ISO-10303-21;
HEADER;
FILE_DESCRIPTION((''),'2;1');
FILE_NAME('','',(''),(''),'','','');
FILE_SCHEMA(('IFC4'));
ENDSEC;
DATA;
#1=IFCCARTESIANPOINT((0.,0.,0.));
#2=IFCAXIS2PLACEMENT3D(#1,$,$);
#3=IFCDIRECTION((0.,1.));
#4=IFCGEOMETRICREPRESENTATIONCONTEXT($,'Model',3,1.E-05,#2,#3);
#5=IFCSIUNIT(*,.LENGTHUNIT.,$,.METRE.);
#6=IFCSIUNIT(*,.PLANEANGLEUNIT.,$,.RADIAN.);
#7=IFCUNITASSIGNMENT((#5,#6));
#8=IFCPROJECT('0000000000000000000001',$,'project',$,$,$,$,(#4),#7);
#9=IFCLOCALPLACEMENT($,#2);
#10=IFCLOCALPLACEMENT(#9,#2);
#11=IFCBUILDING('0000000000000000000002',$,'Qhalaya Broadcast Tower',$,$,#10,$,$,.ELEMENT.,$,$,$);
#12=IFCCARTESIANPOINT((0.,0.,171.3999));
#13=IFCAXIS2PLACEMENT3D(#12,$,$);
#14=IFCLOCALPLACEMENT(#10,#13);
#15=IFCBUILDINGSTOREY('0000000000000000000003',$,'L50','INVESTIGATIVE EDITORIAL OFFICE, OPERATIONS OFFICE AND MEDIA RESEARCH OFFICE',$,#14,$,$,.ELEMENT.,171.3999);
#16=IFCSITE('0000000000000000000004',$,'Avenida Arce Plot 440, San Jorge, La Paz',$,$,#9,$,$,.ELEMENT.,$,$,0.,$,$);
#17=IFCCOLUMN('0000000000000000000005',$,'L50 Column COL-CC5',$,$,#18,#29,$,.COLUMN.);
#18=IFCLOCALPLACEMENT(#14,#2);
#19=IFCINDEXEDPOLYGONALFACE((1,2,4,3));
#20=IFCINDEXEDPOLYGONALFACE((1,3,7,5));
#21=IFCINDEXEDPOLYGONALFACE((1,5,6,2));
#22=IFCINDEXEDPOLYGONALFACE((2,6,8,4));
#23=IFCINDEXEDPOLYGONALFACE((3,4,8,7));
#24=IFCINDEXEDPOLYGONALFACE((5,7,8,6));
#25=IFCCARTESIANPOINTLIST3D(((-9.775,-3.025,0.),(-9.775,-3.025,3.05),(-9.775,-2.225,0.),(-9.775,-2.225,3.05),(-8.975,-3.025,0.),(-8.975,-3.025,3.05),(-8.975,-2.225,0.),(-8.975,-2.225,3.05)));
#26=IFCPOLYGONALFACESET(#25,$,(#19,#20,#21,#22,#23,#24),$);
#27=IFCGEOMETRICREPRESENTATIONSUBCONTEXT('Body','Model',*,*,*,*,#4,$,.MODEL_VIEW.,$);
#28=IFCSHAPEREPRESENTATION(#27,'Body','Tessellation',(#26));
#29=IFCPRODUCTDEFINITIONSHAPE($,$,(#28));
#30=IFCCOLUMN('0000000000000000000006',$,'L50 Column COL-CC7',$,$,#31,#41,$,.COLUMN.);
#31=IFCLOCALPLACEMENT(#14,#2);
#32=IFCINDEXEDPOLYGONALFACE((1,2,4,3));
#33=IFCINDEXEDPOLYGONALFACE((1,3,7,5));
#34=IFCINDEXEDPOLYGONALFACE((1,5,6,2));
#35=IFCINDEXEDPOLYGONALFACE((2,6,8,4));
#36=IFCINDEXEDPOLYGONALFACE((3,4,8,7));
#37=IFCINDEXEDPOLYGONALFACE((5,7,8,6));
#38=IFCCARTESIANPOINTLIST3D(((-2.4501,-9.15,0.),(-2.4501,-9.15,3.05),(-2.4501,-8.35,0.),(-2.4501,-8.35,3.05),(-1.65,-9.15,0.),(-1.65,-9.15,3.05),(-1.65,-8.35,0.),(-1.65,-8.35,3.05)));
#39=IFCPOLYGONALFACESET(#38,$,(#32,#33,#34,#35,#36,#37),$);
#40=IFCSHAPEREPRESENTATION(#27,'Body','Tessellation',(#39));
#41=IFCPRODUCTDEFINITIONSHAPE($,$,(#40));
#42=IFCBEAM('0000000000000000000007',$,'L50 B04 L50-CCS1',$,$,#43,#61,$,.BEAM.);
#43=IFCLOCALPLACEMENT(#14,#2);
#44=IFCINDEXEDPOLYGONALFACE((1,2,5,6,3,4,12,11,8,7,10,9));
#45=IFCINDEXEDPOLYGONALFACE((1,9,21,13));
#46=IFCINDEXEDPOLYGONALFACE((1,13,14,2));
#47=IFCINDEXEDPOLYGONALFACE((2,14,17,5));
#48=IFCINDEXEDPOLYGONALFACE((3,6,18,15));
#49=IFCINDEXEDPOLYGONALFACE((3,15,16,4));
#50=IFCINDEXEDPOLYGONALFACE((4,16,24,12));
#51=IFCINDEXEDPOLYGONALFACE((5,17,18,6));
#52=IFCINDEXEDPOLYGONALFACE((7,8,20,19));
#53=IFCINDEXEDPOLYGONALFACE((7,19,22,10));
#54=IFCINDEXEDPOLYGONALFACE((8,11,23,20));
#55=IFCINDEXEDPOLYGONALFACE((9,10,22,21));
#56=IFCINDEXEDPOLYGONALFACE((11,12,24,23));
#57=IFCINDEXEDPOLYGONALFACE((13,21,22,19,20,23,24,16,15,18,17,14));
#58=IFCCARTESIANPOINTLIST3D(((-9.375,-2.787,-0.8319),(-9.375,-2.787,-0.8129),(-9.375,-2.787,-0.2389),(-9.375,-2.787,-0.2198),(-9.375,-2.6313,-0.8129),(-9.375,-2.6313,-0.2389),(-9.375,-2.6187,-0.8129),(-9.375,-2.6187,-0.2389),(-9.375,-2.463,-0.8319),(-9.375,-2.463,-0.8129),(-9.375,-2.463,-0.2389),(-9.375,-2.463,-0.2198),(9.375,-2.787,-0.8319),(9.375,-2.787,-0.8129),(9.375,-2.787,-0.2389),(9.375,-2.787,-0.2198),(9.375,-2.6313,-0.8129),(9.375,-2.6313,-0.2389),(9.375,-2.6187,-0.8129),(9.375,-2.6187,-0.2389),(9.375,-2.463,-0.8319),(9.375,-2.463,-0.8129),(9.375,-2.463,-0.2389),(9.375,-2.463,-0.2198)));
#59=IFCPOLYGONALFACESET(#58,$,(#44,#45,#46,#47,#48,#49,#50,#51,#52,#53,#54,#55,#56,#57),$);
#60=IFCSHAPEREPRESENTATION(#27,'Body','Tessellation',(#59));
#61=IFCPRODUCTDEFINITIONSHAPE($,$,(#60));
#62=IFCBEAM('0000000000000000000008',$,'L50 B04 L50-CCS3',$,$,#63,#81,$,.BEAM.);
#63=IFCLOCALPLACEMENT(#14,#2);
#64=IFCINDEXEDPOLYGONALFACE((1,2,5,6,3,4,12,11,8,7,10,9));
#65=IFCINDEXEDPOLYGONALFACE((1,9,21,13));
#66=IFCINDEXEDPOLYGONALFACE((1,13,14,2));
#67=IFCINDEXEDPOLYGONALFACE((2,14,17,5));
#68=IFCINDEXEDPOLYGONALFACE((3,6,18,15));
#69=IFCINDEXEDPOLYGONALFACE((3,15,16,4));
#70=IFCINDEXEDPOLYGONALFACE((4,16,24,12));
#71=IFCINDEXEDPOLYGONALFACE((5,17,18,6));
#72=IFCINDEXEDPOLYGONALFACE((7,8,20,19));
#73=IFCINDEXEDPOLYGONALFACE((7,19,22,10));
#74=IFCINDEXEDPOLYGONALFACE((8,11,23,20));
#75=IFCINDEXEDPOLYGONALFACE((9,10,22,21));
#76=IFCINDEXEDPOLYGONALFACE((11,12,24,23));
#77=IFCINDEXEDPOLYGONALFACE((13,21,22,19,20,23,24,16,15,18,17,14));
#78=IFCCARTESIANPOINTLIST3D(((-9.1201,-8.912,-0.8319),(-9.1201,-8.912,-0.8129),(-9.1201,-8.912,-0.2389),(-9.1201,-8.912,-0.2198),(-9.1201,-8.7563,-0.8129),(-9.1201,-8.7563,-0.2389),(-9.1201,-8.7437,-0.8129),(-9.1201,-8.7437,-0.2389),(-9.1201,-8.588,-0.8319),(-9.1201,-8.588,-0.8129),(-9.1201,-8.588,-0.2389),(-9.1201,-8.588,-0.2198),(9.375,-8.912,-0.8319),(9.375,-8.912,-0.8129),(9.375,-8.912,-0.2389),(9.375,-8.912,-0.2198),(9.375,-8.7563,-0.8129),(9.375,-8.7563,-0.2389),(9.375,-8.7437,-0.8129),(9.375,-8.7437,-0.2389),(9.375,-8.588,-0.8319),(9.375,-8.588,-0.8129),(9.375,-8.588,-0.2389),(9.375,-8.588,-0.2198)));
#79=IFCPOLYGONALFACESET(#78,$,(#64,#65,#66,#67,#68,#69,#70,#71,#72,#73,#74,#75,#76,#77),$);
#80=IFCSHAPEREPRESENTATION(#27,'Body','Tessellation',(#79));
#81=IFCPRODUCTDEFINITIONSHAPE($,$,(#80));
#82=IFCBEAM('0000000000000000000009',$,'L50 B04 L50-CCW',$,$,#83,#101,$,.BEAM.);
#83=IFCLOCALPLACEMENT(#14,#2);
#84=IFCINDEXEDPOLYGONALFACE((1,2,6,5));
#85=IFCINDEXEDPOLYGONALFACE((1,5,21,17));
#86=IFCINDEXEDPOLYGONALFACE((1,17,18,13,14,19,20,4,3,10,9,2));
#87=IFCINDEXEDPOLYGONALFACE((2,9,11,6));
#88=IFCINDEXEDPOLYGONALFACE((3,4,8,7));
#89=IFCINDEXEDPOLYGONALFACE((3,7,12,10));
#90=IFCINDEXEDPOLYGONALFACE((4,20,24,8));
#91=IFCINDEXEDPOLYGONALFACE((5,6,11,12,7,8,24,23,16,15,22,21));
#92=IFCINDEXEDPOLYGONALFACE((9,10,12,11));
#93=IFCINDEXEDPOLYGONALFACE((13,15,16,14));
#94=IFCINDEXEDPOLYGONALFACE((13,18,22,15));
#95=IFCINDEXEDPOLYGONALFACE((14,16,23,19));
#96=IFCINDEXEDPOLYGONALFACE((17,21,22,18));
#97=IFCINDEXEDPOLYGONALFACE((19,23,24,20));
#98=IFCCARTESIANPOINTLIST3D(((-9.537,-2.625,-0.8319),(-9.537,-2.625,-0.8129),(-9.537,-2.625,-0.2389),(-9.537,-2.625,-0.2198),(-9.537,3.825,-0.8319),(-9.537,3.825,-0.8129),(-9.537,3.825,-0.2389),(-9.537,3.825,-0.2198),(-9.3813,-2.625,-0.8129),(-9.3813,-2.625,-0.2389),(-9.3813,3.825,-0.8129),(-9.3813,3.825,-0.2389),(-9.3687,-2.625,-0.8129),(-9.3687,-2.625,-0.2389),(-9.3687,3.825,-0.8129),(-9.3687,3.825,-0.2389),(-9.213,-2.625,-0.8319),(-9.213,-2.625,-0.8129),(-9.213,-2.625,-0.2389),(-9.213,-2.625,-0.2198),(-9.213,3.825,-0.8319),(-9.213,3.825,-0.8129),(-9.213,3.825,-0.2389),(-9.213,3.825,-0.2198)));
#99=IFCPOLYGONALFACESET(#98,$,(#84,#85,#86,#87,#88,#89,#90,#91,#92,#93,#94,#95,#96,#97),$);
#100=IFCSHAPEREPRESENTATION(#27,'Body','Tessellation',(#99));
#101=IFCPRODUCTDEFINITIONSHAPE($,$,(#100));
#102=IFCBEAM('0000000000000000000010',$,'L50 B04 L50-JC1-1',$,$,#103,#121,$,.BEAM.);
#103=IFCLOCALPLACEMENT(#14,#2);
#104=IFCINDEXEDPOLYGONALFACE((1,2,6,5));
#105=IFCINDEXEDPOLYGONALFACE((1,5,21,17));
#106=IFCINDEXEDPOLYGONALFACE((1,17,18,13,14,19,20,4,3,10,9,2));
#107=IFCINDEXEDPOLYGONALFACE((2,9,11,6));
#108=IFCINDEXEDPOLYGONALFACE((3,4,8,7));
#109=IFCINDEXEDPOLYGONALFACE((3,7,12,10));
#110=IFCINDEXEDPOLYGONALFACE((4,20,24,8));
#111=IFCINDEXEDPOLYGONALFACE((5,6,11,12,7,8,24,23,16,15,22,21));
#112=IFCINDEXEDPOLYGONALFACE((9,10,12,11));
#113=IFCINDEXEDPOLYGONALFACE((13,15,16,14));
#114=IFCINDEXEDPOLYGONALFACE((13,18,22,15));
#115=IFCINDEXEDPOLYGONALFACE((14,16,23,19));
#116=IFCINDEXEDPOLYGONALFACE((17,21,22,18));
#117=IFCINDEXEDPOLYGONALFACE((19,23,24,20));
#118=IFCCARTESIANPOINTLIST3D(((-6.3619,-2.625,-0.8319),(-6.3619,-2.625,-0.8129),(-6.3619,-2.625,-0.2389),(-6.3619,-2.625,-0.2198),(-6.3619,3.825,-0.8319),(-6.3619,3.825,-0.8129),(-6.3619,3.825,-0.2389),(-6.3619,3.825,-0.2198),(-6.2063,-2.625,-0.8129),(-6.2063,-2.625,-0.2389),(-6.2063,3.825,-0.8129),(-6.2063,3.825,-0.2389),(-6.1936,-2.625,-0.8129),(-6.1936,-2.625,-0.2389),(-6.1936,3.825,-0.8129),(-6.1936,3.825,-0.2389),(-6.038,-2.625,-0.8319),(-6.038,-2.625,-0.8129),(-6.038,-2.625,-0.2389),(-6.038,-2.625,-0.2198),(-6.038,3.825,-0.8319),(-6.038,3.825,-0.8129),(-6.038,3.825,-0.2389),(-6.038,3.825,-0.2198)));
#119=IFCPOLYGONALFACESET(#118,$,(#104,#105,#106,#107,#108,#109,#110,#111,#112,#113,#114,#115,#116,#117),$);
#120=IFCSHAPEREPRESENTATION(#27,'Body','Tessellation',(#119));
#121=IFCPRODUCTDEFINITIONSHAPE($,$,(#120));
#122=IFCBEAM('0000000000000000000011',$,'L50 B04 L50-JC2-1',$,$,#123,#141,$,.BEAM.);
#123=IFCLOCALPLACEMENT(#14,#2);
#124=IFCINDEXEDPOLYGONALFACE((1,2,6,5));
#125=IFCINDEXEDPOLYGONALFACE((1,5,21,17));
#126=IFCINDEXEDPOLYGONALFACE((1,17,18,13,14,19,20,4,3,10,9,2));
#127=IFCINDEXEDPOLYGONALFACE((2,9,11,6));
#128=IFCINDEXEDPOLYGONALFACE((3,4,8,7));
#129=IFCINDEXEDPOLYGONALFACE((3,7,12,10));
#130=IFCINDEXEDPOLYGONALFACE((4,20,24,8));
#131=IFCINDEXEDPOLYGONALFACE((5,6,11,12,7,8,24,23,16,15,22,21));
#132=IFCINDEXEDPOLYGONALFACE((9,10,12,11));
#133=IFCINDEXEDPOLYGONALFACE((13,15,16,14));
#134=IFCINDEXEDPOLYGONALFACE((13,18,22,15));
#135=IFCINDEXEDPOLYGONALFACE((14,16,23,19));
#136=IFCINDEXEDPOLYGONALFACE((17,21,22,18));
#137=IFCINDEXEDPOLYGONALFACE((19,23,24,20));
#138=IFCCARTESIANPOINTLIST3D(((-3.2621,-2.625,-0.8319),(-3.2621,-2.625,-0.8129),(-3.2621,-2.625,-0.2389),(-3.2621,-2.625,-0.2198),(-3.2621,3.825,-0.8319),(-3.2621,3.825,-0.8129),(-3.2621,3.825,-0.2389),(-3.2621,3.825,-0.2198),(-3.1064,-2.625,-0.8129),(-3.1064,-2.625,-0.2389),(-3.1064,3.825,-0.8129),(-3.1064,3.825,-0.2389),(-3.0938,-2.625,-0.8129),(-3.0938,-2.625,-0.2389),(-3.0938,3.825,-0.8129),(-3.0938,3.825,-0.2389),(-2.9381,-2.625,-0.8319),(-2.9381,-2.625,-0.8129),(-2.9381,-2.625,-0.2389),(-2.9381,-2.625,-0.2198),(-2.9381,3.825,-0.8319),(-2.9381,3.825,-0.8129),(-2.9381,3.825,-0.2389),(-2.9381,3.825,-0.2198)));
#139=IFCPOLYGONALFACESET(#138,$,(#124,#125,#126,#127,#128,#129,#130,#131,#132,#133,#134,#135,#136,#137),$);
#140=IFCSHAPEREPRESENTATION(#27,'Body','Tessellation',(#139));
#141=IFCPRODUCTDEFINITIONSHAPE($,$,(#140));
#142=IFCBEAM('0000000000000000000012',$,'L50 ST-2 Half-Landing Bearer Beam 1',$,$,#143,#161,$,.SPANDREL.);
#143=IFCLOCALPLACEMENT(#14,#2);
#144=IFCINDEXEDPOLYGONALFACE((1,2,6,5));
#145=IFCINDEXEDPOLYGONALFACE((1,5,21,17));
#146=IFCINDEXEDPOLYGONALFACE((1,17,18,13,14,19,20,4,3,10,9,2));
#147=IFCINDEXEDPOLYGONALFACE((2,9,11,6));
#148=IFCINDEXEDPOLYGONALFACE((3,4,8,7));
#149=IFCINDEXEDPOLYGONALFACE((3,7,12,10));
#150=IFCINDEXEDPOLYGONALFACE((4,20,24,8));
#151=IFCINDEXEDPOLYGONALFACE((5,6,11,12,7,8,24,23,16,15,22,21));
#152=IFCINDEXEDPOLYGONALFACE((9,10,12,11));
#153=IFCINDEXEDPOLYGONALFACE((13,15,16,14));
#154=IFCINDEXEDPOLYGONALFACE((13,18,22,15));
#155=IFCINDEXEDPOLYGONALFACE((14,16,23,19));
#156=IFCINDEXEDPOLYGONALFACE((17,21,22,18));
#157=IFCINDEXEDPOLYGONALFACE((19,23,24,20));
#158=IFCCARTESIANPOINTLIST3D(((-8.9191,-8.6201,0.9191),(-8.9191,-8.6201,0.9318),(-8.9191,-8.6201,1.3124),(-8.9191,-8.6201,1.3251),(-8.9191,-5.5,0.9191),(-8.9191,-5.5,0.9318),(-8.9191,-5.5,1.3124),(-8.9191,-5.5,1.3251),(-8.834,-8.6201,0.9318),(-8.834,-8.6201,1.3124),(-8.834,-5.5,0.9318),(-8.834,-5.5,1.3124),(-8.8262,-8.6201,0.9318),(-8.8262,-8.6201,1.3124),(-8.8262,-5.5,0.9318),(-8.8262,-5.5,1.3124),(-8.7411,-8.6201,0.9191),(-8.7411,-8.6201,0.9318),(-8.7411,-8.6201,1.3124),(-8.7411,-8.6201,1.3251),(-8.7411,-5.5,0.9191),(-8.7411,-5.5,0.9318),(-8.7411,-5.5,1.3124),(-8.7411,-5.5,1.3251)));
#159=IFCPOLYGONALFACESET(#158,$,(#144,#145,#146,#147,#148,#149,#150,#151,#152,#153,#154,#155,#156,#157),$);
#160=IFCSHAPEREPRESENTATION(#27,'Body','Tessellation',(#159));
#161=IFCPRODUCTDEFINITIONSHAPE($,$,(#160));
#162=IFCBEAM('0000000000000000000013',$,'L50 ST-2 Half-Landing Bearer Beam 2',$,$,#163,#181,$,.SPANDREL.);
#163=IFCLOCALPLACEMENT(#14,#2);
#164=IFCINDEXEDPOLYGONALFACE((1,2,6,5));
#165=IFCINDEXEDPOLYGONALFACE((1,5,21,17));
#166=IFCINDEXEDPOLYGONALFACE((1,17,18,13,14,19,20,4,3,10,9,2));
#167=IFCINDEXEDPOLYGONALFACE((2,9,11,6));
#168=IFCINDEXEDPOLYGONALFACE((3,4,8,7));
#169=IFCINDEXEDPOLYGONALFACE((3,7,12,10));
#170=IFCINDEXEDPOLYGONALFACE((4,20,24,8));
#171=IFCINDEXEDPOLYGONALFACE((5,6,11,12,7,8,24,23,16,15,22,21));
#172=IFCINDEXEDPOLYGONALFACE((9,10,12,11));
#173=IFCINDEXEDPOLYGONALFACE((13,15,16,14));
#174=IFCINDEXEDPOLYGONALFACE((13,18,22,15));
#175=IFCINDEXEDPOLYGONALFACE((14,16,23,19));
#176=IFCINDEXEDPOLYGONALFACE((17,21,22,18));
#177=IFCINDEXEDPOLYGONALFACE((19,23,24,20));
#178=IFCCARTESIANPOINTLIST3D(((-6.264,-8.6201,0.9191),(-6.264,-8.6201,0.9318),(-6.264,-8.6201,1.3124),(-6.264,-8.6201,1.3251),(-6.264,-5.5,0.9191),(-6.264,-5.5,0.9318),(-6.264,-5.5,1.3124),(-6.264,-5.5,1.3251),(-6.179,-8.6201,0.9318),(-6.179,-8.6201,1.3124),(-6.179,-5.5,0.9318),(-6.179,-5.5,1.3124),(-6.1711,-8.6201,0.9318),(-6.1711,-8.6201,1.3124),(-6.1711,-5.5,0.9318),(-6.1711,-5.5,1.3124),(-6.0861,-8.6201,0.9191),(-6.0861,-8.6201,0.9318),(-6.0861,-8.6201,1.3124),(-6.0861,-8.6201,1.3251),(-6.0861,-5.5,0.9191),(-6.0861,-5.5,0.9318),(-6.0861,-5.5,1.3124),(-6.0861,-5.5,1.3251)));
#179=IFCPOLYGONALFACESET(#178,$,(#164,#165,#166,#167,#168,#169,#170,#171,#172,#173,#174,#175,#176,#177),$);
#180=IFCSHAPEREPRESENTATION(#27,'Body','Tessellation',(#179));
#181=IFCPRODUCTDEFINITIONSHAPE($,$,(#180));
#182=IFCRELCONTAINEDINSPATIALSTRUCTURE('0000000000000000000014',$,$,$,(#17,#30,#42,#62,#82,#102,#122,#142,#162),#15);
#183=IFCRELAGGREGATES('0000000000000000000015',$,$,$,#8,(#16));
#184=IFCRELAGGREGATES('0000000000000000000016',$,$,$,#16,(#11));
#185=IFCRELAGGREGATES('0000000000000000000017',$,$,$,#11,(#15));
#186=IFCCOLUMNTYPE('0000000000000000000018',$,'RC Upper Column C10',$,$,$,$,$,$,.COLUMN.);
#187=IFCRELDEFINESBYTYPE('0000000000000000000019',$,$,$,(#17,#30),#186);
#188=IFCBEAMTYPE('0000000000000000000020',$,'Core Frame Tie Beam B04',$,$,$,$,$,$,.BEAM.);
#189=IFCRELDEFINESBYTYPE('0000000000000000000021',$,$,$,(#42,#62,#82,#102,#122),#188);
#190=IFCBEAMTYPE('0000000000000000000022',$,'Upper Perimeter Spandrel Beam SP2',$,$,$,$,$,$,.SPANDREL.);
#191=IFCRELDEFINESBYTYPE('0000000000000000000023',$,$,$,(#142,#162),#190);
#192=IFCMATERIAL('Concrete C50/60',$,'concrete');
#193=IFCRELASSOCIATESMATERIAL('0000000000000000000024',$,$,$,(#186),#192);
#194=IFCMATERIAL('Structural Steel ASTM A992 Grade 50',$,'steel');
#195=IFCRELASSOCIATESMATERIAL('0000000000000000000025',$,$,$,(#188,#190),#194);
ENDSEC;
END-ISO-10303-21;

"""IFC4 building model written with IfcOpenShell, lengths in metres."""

from ifc_helpers import new_model, si_unit, direction, frame, origin, origin_2d, place, context, subcontext, project, spatial, rectangle, i_section, extrude, material, material_profile, profile_set, type_object, element, save


model = new_model("IFC4")

# Units and contexts
model_context = context("Model", 3, precision=1e-05, world=origin(), true_north=direction((0.0, 1.0)))
body_context = subcontext(model_context, "Body", "Model", "MODEL_VIEW")
ifc_project = project(units=[si_unit("LENGTHUNIT", "METRE"), si_unit("PLANEANGLEUNIT", "RADIAN")], contexts=[model_context])

# Site, building, storey
site_placement = place(None, origin())
site = spatial("IfcSite", under=ifc_project, at=site_placement, Name="Avenida Arce Plot 440, San Jorge, La Paz", CompositionType="ELEMENT", RefElevation=0.0)
building_placement = place(site_placement, origin())
building = spatial("IfcBuilding", under=site, at=building_placement, Name="Qhalaya Broadcast Tower", CompositionType="ELEMENT")
storey_placement = place(building_placement, frame((0.0, 0.0, 171.3999)))
storey = spatial("IfcBuildingStorey", under=building, at=storey_placement, Name="L50", Description="INVESTIGATIVE EDITORIAL OFFICE, OPERATIONS OFFICE AND MEDIA RESEARCH OFFICE", CompositionType="ELEMENT", Elevation=171.3999)

# Columns
ifc_material_1 = material(Name="Concrete C50/60", Category="concrete")
ifc_material_profile_1 = material_profile(ifc_material_1, rectangle(XDim=0.8, YDim=0.8, at=origin_2d()), Name="RC-COL 800x800")
ifc_profile_set_1 = profile_set([ifc_material_profile_1], Name="Concrete C50/60")
column_type = type_object("IfcColumnType", Name="RC Upper Column C10", PredefinedType="COLUMN", material=ifc_profile_set_1)
for number, where, z_axis, x_axis, name in (
    (1, (-9.375, -2.625, 0.0), (0.0, 0.0, 1.0), (1.0, 0.0, 0.0), "L50 Column COL-CC5"),
    (2, (-2.05, -8.75, 0.0), (0.0, 0.0, 1.0), (1.0, 0.0, 0.0), "L50 Column COL-CC7"),
):
    element("IfcColumn", number, at=place(storey_placement, frame(where, z_axis=z_axis, x_axis=x_axis)), inside=storey, type_object=column_type, Name=name, PredefinedType="COLUMN", context=body_context, shape_type="SweptSolid", body=[
        extrude(rectangle(XDim=0.8, YDim=0.8, at=origin_2d()), origin(), (0.0, 0.0, 1.0), 3.05),
    ])

# Beams
ifc_material_2 = material(Name="Structural Steel ASTM A992 Grade 50", Category="steel")
ifc_material_profile_2 = material_profile(ifc_material_2, i_section(OverallWidth=0.324, OverallDepth=0.6121, WebThickness=0.0127, FlangeThickness=0.019, at=origin_2d()), Name="W24X104")
ifc_profile_set_2 = profile_set([ifc_material_profile_2], Name="Structural Steel ASTM A992 Grade 50")
beam_type_1 = type_object("IfcBeamType", Name="Core Frame Tie Beam B04", PredefinedType="BEAM", material=ifc_profile_set_2)
beam_1_placement = place(storey_placement, frame((-9.375, -2.625, -0.5259), z_axis=(1.0, 0.0, 0.0), x_axis=(0.0, 1.0, 0.0)))
element("IfcBeam", 3, at=beam_1_placement, inside=storey, type_object=beam_type_1, Name="L50 B04 L50-CCS1", PredefinedType="BEAM", context=body_context, shape_type="SweptSolid", body=[
    extrude(i_section(OverallWidth=0.324, OverallDepth=0.6121, WebThickness=0.0127, FlangeThickness=0.019, at=origin_2d()), origin(), (0.0, 0.0, 1.0), 18.75),
])
beam_2_placement = place(storey_placement, frame((-9.1201, -8.75, -0.5259), z_axis=(1.0, 0.0, 0.0), x_axis=(0.0, 1.0, 0.0)))
element("IfcBeam", 4, at=beam_2_placement, inside=storey, type_object=beam_type_1, Name="L50 B04 L50-CCS3", PredefinedType="BEAM", context=body_context, shape_type="SweptSolid", body=[
    extrude(i_section(OverallWidth=0.324, OverallDepth=0.6121, WebThickness=0.0127, FlangeThickness=0.019, at=origin_2d()), origin(), (0.0, 0.0, 1.0), 18.4951),
])
for number, where, z_axis, x_axis, name in (
    (5, (-9.375, -2.625, -0.5259), (0.0, 1.0, 0.0), (-1.0, 0.0, 0.0), "L50 B04 L50-CCW"),
    (6, (-6.2, -2.625, -0.5259), (0.0, 1.0, 0.0), (-1.0, 0.0, 0.0), "L50 B04 L50-JC1-1"),
    (7, (-3.1001, -2.625, -0.5259), (0.0, 1.0, 0.0), (-1.0, 0.0, 0.0), "L50 B04 L50-JC2-1"),
):
    element("IfcBeam", number, at=place(storey_placement, frame(where, z_axis=z_axis, x_axis=x_axis)), inside=storey, type_object=beam_type_1, Name=name, PredefinedType="BEAM", context=body_context, shape_type="SweptSolid", body=[
        extrude(i_section(OverallWidth=0.324, OverallDepth=0.6121, WebThickness=0.0127, FlangeThickness=0.019, at=origin_2d()), origin(), (0.0, 0.0, 1.0), 6.45),
    ])
ifc_material_profile_3 = material_profile(ifc_material_2, i_section(OverallWidth=0.178, OverallDepth=0.406, WebThickness=0.0078, FlangeThickness=0.0127, at=origin_2d()), Name="W16X40")
ifc_profile_set_3 = profile_set([ifc_material_profile_3], Name="Structural Steel ASTM A992 Grade 50")
beam_type_2 = type_object("IfcBeamType", Name="Upper Perimeter Spandrel Beam SP2", PredefinedType="SPANDREL", material=ifc_profile_set_3)
for number, where, z_axis, x_axis, name in (
    (8, (-8.8301, -8.6201, 1.1221), (0.0, 1.0, 0.0), (-1.0, 0.0, 0.0), "L50 ST-2 Half-Landing Bearer Beam 1"),
    (9, (-6.175, -8.6201, 1.1221), (0.0, 1.0, 0.0), (-1.0, 0.0, 0.0), "L50 ST-2 Half-Landing Bearer Beam 2"),
):
    element("IfcBeam", number, at=place(storey_placement, frame(where, z_axis=z_axis, x_axis=x_axis)), inside=storey, type_object=beam_type_2, Name=name, PredefinedType="SPANDREL", context=body_context, shape_type="SweptSolid", body=[
        extrude(i_section(OverallWidth=0.178, OverallDepth=0.406, WebThickness=0.0078, FlangeThickness=0.0127, at=origin_2d()), origin(), (0.0, 0.0, 1.0), 3.1201),
    ])

save(model, "model.ifc")
